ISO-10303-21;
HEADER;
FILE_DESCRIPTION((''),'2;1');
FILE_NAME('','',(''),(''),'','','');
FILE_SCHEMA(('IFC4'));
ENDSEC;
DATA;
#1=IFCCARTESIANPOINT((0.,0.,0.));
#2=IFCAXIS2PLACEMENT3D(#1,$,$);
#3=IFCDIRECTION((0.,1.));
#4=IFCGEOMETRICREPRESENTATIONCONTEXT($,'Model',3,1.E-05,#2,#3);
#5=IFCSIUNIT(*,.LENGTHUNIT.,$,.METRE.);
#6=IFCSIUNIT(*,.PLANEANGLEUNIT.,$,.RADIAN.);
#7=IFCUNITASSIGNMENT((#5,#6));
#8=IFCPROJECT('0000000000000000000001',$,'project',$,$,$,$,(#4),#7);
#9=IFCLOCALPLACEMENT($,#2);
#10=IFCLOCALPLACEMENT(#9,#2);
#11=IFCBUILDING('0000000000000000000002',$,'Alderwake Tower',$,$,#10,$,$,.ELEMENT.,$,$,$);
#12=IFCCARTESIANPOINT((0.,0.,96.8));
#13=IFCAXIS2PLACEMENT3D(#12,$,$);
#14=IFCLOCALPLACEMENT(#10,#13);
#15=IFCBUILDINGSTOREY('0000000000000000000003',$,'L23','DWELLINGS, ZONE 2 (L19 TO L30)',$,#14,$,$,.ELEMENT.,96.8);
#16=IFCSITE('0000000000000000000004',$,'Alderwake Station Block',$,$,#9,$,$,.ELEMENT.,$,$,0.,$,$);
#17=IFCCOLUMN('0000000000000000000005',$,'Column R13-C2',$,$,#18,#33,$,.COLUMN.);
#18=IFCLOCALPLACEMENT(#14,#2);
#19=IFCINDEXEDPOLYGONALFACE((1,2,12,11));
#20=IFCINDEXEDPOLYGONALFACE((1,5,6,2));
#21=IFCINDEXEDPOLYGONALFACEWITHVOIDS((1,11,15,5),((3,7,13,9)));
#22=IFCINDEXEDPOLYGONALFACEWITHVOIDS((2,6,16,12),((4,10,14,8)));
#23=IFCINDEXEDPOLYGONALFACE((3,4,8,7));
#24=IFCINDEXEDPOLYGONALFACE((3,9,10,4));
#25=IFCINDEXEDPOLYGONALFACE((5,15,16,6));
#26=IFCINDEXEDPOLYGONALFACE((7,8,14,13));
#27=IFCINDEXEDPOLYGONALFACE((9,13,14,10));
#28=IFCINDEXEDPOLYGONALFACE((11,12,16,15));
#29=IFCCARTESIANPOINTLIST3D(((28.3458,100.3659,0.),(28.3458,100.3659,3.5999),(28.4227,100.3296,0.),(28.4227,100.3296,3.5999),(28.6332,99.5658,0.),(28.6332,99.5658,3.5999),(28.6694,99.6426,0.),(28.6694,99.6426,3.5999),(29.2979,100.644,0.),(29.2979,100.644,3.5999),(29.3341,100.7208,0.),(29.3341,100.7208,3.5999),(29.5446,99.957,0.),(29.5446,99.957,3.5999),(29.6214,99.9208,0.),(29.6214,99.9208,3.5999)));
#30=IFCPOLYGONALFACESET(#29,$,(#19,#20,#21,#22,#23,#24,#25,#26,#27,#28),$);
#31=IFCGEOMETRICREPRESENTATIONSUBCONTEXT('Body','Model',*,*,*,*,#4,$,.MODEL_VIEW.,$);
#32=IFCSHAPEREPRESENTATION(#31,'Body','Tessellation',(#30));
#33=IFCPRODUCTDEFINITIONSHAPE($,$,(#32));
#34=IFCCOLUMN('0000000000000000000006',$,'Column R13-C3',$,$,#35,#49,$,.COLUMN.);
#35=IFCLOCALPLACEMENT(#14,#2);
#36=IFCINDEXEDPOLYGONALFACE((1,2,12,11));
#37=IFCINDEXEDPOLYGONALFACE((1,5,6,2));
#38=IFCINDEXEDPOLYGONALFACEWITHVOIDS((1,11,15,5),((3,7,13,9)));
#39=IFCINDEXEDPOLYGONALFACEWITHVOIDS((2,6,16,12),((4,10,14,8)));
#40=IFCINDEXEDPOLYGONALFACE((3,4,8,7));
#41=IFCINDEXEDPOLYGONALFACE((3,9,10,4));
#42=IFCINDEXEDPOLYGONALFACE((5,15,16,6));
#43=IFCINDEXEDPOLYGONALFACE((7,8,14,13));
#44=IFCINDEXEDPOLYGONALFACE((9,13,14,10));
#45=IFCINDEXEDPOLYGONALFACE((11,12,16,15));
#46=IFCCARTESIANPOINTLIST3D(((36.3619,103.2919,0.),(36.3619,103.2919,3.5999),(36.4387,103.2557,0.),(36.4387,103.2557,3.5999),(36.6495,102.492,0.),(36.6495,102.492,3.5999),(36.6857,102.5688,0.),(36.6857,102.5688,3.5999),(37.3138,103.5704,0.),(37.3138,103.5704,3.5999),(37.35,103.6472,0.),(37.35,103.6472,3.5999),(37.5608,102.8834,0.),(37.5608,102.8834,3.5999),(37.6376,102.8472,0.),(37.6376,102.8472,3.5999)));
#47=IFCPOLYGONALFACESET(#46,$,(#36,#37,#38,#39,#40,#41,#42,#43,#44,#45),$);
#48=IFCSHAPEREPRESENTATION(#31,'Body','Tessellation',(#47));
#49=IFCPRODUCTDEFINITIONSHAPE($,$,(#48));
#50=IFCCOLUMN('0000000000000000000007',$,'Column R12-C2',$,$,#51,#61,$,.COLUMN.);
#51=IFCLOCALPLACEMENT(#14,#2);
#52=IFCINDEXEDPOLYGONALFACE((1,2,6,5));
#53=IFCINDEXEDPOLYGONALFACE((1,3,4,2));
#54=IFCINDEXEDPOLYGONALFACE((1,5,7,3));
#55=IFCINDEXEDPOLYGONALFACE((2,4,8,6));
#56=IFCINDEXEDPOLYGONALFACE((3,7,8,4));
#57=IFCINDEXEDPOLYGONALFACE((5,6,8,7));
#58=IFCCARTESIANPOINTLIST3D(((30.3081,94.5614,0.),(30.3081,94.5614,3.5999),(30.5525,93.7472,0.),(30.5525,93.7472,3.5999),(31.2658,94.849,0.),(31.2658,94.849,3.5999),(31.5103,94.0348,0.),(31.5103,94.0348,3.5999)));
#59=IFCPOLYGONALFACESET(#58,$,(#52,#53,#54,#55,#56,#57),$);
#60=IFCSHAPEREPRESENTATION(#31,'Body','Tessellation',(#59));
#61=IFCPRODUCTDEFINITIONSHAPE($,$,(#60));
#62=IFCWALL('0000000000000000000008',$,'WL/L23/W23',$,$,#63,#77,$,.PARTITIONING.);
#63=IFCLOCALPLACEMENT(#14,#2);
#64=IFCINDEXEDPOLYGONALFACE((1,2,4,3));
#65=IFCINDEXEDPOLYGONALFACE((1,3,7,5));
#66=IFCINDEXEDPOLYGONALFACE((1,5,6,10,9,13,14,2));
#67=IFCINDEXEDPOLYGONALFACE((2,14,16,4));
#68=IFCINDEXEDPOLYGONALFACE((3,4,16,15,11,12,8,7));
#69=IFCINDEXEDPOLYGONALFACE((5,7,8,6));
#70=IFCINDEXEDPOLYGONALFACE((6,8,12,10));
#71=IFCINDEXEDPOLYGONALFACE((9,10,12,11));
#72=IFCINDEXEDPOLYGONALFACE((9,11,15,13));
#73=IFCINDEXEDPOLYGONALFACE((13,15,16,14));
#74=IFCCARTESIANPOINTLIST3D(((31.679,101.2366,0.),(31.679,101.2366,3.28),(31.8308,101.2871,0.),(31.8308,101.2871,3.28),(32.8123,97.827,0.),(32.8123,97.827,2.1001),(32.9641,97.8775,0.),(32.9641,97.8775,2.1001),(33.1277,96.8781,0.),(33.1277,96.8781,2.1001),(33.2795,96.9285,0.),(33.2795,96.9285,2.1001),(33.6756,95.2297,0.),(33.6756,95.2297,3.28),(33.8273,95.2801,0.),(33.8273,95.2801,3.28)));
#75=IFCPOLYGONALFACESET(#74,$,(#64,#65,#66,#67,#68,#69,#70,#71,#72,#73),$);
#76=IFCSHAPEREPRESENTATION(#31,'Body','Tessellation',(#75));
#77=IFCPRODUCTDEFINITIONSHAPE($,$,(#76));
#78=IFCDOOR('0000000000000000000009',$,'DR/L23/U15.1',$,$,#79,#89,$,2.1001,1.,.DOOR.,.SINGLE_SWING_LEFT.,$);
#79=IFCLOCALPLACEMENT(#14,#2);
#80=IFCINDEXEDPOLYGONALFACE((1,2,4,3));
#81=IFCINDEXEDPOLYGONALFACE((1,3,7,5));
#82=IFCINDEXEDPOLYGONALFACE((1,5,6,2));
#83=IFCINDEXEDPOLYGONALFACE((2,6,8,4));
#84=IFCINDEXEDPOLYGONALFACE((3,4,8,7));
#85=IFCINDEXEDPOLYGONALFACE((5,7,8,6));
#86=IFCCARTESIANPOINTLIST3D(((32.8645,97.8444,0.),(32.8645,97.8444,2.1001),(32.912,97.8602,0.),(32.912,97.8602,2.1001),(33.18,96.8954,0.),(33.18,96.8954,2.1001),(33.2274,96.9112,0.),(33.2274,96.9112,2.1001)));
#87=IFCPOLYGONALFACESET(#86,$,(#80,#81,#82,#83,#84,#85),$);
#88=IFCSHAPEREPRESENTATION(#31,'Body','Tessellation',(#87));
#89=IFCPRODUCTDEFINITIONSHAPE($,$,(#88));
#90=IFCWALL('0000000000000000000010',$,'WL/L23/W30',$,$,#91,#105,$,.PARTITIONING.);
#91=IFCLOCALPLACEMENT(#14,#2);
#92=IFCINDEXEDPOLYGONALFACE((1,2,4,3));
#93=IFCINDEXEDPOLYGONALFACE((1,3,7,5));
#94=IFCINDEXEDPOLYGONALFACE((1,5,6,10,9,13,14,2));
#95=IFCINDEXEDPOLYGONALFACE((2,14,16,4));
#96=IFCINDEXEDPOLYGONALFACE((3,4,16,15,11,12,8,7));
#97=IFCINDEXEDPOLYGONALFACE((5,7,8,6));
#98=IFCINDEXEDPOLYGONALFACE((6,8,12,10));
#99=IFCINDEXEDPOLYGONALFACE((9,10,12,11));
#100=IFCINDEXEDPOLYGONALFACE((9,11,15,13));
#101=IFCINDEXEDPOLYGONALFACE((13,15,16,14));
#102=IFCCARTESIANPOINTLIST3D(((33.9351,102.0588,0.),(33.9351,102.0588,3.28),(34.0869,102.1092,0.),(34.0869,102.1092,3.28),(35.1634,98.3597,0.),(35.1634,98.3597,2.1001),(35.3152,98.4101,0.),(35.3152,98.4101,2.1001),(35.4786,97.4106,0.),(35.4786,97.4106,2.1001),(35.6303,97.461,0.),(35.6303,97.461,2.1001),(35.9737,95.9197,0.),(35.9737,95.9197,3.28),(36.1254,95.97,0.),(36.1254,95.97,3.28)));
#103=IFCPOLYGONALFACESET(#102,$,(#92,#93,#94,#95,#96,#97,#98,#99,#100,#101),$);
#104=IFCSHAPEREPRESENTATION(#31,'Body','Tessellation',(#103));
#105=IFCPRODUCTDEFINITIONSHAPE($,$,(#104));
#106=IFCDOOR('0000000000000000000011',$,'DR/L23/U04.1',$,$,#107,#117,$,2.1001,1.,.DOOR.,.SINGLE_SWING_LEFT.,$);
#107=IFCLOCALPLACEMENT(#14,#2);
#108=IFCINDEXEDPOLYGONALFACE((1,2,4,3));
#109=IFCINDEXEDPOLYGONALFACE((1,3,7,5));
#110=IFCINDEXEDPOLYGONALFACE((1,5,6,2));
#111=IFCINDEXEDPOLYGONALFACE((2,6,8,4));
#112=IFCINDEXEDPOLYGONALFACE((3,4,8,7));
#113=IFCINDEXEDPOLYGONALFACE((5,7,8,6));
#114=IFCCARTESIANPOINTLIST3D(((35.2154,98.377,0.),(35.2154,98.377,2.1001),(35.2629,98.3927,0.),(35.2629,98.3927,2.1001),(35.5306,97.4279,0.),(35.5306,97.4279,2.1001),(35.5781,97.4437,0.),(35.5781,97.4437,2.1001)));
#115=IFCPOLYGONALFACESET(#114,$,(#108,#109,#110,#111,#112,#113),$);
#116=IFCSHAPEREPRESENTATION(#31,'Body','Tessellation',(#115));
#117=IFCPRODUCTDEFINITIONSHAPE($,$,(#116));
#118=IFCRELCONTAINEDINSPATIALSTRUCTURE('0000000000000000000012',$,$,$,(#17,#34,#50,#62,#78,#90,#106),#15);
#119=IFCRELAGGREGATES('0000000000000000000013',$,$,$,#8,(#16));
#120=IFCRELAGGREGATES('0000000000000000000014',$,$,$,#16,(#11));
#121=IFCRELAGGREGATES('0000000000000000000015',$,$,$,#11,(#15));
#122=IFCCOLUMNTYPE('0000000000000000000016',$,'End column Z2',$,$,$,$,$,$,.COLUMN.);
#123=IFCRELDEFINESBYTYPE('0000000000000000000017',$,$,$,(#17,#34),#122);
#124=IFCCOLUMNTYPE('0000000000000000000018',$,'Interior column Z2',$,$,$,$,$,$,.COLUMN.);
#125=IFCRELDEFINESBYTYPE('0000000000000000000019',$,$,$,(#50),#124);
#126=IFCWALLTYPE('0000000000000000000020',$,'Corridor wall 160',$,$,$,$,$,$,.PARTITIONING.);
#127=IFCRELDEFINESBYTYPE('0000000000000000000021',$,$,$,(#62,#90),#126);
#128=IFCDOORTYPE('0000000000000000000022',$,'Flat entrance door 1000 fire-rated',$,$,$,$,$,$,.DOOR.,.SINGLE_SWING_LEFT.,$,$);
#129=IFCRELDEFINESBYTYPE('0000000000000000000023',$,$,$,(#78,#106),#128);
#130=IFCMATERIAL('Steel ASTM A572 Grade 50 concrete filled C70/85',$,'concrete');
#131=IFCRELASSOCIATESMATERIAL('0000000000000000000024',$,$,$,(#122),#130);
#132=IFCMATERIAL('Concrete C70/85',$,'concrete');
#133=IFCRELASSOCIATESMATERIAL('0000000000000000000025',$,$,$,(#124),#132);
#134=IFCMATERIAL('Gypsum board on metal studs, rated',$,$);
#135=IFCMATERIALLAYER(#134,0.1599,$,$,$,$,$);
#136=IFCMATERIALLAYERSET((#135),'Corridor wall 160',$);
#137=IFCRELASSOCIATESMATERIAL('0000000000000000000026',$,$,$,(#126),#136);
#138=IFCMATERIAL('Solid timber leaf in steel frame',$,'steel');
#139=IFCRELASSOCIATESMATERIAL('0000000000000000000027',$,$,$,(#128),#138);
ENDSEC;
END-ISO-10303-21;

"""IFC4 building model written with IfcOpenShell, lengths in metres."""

from ifc_helpers import new_model, si_unit, direction, frame, frame_2d, origin, origin_2d, place, context, subcontext, project, spatial, rectangle, hollow_rectangle, extrude, material, layer, layer_set, material_profile, profile_set, type_object, element, fill, save


model = new_model("IFC4")

# Units and contexts
model_context = context("Model", 3, precision=1e-05, world=origin(), true_north=direction((0.0, 1.0)))
body_context = subcontext(model_context, "Body", "Model", "MODEL_VIEW")
ifc_project = project(units=[si_unit("LENGTHUNIT", "METRE"), si_unit("PLANEANGLEUNIT", "RADIAN")], contexts=[model_context])

# Site, building, storey
site_placement = place(None, origin())
site = spatial("IfcSite", under=ifc_project, at=site_placement, Name="Alderwake Station Block", CompositionType="ELEMENT", RefElevation=0.0)
building_placement = place(site_placement, origin())
building = spatial("IfcBuilding", under=site, at=building_placement, Name="Alderwake Tower", CompositionType="ELEMENT")
storey_placement = place(building_placement, frame((0.0, 0.0, 96.8)))
storey = spatial("IfcBuildingStorey", under=building, at=storey_placement, Name="L23", Description="DWELLINGS, ZONE 2 (L19 TO L30)", CompositionType="ELEMENT", Elevation=96.8)

# Columns
ifc_material_1 = material(Name="Steel ASTM A572 Grade 50 concrete filled C70/85", Category="concrete")
ifc_material_profile_1 = material_profile(ifc_material_1, hollow_rectangle(XDim=0.8501, YDim=1.05, WallThickness=0.0601, at=origin_2d()), Name="BOX 1050X850X60")
ifc_profile_set_1 = profile_set([ifc_material_profile_1], Name="Steel ASTM A572 Grade 50 concrete filled C70/85")
column_type_1 = type_object("IfcColumnType", Name="End column Z2", PredefinedType="COLUMN", material=ifc_profile_set_1)
for number, where, z_axis, x_axis, name in (
    (1, (28.9836, 100.1433, 0.0), (0.0, 0.0, 1.0), (-0.338027, 0.941136, 0.0), "Column R13-C2"),
    (2, (36.9998, 103.0696, 0.0), (0.0, 0.0, 1.0), (-0.33836, 0.941017, 0.0), "Column R13-C3"),
):
    element("IfcColumn", number, at=place(storey_placement, frame(where, z_axis=z_axis, x_axis=x_axis)), inside=storey, type_object=column_type_1, Name=name, PredefinedType="COLUMN", context=body_context, shape_type="SweptSolid", body=[
        extrude(hollow_rectangle(XDim=0.8501, YDim=1.05, WallThickness=0.0601, at=origin_2d()), origin(), (0.0, 0.0, 1.0), 3.5999),
    ])
ifc_material_2 = material(Name="Concrete C70/85", Category="concrete")
ifc_material_profile_2 = material_profile(ifc_material_2, rectangle(XDim=0.8501, YDim=1.0, at=origin_2d()), Name="RC 1000X850")
ifc_profile_set_2 = profile_set([ifc_material_profile_2], Name="Concrete C70/85")
column_type_2 = type_object("IfcColumnType", Name="Interior column Z2", PredefinedType="COLUMN", material=ifc_profile_set_2)
column_placement = place(storey_placement, frame((30.9092, 94.2981, 0.0), z_axis=(0.0, 0.0, 1.0), x_axis=(-0.287549, 0.957766, 0.0)))
element("IfcColumn", 3, at=column_placement, inside=storey, type_object=column_type_2, Name="Column R12-C2", PredefinedType="COLUMN", context=body_context, shape_type="SweptSolid", body=[
    extrude(rectangle(XDim=0.8501, YDim=1.0, at=origin_2d()), origin(), (0.0, 0.0, 1.0), 3.5999),
])

# Walls, openings, doors
ifc_material_3 = material(Name="Gypsum board on metal studs, rated")
ifc_layer_1 = layer(ifc_material_3, 0.1599)
ifc_layer_set_1 = layer_set([ifc_layer_1], Name="Corridor wall 160")
wall_type_1 = type_object("IfcWallType", Name="Corridor wall 160", PredefinedType="PARTITIONING", material=ifc_layer_set_1)
wall_1_placement = place(storey_placement, frame((33.7515, 95.2549, 0.0), z_axis=(0.0, 0.0, 1.0), x_axis=(-0.315406, 0.948957, 0.0)))
wall_1 = element("IfcWall", 4, at=wall_1_placement, inside=storey, type_object=wall_type_1, Name="WL/L23/W23", PredefinedType="PARTITIONING", context=body_context, shape_type="SweptSolid", body=[
    extrude(rectangle(XDim=6.3301, YDim=0.1599, at=frame_2d((3.165, 0.0))), origin(), (0.0, 0.0, 1.0), 3.28),
])
opening_1_placement = place(wall_1_placement, frame((1.7371, 0.0, 0.0)))
opening_1 = element("IfcOpeningElement", 5, at=opening_1_placement, cuts=wall_1, PredefinedType="OPENING", context=body_context, shape_type="SweptSolid", body=[
    extrude(rectangle(XDim=1.0, YDim=2.1001, at=frame_2d((0.5, 1.05))), frame((0.0, 0.0898, 0.0), z_axis=(0.0, -1.0, 0.0), x_axis=(1.0, 0.0, 0.0)), (0.0, 0.0, 1.0), 0.1799),
])
ifc_material_4 = material(Name="Solid timber leaf in steel frame", Category="steel")
door_type_1 = type_object("IfcDoorType", Name="Flat entrance door 1000 fire-rated", OperationType="SINGLE_SWING_LEFT", PredefinedType="DOOR", material=ifc_material_4)
door_1_placement = place(opening_1_placement, origin())
door_1 = element("IfcDoor", 6, at=door_1_placement, inside=storey, type_object=door_type_1, Name="DR/L23/U15.1", OperationType="SINGLE_SWING_LEFT", OverallHeight=2.1001, OverallWidth=1.0, PredefinedType="DOOR", context=body_context, shape_type="SweptSolid", body=[
    extrude(rectangle(XDim=1.0, YDim=2.1001, at=frame_2d((0.5, 1.05))), frame((0.0, 0.0249, 0.0), z_axis=(0.0, -1.0, 0.0), x_axis=(1.0, 0.0, 0.0)), (0.0, 0.0, 1.0), 0.05),
])
fill(opening_1, door_1)
wall_2_placement = place(storey_placement, frame((34.011, 102.084, 0.0), z_axis=(0.0, 0.0, 1.0), x_axis=(0.315141, -0.949045, 0.0)))
wall_2 = element("IfcWall", 7, at=wall_2_placement, inside=storey, type_object=wall_type_1, Name="WL/L23/W30", PredefinedType="PARTITIONING", context=body_context, shape_type="SweptSolid", body=[
    extrude(rectangle(XDim=6.4688, YDim=0.1599, at=frame_2d((3.2344, 0.0))), origin(), (0.0, 0.0, 1.0), 3.28),
])
opening_2_placement = place(wall_2_placement, frame((3.8977, 0.0, 0.0)))
opening_2 = element("IfcOpeningElement", 8, at=opening_2_placement, cuts=wall_2, PredefinedType="OPENING", context=body_context, shape_type="SweptSolid", body=[
    extrude(rectangle(XDim=1.0, YDim=2.1001, at=frame_2d((0.5, 1.05))), frame((0.0, 0.0898, 0.0), z_axis=(0.0, -1.0, 0.0), x_axis=(1.0, 0.0, 0.0)), (0.0, 0.0, 1.0), 0.1799),
])
door_2_placement = place(opening_2_placement, origin())
door_2 = element("IfcDoor", 9, at=door_2_placement, inside=storey, type_object=door_type_1, Name="DR/L23/U04.1", OperationType="SINGLE_SWING_LEFT", OverallHeight=2.1001, OverallWidth=1.0, PredefinedType="DOOR", context=body_context, shape_type="SweptSolid", body=[
    extrude(rectangle(XDim=1.0, YDim=2.1001, at=frame_2d((0.5, 1.05))), frame((0.0, 0.0249, 0.0), z_axis=(0.0, -1.0, 0.0), x_axis=(1.0, 0.0, 0.0)), (0.0, 0.0, 1.0), 0.05),
])
fill(opening_2, door_2)

save(model, "model.ifc")
